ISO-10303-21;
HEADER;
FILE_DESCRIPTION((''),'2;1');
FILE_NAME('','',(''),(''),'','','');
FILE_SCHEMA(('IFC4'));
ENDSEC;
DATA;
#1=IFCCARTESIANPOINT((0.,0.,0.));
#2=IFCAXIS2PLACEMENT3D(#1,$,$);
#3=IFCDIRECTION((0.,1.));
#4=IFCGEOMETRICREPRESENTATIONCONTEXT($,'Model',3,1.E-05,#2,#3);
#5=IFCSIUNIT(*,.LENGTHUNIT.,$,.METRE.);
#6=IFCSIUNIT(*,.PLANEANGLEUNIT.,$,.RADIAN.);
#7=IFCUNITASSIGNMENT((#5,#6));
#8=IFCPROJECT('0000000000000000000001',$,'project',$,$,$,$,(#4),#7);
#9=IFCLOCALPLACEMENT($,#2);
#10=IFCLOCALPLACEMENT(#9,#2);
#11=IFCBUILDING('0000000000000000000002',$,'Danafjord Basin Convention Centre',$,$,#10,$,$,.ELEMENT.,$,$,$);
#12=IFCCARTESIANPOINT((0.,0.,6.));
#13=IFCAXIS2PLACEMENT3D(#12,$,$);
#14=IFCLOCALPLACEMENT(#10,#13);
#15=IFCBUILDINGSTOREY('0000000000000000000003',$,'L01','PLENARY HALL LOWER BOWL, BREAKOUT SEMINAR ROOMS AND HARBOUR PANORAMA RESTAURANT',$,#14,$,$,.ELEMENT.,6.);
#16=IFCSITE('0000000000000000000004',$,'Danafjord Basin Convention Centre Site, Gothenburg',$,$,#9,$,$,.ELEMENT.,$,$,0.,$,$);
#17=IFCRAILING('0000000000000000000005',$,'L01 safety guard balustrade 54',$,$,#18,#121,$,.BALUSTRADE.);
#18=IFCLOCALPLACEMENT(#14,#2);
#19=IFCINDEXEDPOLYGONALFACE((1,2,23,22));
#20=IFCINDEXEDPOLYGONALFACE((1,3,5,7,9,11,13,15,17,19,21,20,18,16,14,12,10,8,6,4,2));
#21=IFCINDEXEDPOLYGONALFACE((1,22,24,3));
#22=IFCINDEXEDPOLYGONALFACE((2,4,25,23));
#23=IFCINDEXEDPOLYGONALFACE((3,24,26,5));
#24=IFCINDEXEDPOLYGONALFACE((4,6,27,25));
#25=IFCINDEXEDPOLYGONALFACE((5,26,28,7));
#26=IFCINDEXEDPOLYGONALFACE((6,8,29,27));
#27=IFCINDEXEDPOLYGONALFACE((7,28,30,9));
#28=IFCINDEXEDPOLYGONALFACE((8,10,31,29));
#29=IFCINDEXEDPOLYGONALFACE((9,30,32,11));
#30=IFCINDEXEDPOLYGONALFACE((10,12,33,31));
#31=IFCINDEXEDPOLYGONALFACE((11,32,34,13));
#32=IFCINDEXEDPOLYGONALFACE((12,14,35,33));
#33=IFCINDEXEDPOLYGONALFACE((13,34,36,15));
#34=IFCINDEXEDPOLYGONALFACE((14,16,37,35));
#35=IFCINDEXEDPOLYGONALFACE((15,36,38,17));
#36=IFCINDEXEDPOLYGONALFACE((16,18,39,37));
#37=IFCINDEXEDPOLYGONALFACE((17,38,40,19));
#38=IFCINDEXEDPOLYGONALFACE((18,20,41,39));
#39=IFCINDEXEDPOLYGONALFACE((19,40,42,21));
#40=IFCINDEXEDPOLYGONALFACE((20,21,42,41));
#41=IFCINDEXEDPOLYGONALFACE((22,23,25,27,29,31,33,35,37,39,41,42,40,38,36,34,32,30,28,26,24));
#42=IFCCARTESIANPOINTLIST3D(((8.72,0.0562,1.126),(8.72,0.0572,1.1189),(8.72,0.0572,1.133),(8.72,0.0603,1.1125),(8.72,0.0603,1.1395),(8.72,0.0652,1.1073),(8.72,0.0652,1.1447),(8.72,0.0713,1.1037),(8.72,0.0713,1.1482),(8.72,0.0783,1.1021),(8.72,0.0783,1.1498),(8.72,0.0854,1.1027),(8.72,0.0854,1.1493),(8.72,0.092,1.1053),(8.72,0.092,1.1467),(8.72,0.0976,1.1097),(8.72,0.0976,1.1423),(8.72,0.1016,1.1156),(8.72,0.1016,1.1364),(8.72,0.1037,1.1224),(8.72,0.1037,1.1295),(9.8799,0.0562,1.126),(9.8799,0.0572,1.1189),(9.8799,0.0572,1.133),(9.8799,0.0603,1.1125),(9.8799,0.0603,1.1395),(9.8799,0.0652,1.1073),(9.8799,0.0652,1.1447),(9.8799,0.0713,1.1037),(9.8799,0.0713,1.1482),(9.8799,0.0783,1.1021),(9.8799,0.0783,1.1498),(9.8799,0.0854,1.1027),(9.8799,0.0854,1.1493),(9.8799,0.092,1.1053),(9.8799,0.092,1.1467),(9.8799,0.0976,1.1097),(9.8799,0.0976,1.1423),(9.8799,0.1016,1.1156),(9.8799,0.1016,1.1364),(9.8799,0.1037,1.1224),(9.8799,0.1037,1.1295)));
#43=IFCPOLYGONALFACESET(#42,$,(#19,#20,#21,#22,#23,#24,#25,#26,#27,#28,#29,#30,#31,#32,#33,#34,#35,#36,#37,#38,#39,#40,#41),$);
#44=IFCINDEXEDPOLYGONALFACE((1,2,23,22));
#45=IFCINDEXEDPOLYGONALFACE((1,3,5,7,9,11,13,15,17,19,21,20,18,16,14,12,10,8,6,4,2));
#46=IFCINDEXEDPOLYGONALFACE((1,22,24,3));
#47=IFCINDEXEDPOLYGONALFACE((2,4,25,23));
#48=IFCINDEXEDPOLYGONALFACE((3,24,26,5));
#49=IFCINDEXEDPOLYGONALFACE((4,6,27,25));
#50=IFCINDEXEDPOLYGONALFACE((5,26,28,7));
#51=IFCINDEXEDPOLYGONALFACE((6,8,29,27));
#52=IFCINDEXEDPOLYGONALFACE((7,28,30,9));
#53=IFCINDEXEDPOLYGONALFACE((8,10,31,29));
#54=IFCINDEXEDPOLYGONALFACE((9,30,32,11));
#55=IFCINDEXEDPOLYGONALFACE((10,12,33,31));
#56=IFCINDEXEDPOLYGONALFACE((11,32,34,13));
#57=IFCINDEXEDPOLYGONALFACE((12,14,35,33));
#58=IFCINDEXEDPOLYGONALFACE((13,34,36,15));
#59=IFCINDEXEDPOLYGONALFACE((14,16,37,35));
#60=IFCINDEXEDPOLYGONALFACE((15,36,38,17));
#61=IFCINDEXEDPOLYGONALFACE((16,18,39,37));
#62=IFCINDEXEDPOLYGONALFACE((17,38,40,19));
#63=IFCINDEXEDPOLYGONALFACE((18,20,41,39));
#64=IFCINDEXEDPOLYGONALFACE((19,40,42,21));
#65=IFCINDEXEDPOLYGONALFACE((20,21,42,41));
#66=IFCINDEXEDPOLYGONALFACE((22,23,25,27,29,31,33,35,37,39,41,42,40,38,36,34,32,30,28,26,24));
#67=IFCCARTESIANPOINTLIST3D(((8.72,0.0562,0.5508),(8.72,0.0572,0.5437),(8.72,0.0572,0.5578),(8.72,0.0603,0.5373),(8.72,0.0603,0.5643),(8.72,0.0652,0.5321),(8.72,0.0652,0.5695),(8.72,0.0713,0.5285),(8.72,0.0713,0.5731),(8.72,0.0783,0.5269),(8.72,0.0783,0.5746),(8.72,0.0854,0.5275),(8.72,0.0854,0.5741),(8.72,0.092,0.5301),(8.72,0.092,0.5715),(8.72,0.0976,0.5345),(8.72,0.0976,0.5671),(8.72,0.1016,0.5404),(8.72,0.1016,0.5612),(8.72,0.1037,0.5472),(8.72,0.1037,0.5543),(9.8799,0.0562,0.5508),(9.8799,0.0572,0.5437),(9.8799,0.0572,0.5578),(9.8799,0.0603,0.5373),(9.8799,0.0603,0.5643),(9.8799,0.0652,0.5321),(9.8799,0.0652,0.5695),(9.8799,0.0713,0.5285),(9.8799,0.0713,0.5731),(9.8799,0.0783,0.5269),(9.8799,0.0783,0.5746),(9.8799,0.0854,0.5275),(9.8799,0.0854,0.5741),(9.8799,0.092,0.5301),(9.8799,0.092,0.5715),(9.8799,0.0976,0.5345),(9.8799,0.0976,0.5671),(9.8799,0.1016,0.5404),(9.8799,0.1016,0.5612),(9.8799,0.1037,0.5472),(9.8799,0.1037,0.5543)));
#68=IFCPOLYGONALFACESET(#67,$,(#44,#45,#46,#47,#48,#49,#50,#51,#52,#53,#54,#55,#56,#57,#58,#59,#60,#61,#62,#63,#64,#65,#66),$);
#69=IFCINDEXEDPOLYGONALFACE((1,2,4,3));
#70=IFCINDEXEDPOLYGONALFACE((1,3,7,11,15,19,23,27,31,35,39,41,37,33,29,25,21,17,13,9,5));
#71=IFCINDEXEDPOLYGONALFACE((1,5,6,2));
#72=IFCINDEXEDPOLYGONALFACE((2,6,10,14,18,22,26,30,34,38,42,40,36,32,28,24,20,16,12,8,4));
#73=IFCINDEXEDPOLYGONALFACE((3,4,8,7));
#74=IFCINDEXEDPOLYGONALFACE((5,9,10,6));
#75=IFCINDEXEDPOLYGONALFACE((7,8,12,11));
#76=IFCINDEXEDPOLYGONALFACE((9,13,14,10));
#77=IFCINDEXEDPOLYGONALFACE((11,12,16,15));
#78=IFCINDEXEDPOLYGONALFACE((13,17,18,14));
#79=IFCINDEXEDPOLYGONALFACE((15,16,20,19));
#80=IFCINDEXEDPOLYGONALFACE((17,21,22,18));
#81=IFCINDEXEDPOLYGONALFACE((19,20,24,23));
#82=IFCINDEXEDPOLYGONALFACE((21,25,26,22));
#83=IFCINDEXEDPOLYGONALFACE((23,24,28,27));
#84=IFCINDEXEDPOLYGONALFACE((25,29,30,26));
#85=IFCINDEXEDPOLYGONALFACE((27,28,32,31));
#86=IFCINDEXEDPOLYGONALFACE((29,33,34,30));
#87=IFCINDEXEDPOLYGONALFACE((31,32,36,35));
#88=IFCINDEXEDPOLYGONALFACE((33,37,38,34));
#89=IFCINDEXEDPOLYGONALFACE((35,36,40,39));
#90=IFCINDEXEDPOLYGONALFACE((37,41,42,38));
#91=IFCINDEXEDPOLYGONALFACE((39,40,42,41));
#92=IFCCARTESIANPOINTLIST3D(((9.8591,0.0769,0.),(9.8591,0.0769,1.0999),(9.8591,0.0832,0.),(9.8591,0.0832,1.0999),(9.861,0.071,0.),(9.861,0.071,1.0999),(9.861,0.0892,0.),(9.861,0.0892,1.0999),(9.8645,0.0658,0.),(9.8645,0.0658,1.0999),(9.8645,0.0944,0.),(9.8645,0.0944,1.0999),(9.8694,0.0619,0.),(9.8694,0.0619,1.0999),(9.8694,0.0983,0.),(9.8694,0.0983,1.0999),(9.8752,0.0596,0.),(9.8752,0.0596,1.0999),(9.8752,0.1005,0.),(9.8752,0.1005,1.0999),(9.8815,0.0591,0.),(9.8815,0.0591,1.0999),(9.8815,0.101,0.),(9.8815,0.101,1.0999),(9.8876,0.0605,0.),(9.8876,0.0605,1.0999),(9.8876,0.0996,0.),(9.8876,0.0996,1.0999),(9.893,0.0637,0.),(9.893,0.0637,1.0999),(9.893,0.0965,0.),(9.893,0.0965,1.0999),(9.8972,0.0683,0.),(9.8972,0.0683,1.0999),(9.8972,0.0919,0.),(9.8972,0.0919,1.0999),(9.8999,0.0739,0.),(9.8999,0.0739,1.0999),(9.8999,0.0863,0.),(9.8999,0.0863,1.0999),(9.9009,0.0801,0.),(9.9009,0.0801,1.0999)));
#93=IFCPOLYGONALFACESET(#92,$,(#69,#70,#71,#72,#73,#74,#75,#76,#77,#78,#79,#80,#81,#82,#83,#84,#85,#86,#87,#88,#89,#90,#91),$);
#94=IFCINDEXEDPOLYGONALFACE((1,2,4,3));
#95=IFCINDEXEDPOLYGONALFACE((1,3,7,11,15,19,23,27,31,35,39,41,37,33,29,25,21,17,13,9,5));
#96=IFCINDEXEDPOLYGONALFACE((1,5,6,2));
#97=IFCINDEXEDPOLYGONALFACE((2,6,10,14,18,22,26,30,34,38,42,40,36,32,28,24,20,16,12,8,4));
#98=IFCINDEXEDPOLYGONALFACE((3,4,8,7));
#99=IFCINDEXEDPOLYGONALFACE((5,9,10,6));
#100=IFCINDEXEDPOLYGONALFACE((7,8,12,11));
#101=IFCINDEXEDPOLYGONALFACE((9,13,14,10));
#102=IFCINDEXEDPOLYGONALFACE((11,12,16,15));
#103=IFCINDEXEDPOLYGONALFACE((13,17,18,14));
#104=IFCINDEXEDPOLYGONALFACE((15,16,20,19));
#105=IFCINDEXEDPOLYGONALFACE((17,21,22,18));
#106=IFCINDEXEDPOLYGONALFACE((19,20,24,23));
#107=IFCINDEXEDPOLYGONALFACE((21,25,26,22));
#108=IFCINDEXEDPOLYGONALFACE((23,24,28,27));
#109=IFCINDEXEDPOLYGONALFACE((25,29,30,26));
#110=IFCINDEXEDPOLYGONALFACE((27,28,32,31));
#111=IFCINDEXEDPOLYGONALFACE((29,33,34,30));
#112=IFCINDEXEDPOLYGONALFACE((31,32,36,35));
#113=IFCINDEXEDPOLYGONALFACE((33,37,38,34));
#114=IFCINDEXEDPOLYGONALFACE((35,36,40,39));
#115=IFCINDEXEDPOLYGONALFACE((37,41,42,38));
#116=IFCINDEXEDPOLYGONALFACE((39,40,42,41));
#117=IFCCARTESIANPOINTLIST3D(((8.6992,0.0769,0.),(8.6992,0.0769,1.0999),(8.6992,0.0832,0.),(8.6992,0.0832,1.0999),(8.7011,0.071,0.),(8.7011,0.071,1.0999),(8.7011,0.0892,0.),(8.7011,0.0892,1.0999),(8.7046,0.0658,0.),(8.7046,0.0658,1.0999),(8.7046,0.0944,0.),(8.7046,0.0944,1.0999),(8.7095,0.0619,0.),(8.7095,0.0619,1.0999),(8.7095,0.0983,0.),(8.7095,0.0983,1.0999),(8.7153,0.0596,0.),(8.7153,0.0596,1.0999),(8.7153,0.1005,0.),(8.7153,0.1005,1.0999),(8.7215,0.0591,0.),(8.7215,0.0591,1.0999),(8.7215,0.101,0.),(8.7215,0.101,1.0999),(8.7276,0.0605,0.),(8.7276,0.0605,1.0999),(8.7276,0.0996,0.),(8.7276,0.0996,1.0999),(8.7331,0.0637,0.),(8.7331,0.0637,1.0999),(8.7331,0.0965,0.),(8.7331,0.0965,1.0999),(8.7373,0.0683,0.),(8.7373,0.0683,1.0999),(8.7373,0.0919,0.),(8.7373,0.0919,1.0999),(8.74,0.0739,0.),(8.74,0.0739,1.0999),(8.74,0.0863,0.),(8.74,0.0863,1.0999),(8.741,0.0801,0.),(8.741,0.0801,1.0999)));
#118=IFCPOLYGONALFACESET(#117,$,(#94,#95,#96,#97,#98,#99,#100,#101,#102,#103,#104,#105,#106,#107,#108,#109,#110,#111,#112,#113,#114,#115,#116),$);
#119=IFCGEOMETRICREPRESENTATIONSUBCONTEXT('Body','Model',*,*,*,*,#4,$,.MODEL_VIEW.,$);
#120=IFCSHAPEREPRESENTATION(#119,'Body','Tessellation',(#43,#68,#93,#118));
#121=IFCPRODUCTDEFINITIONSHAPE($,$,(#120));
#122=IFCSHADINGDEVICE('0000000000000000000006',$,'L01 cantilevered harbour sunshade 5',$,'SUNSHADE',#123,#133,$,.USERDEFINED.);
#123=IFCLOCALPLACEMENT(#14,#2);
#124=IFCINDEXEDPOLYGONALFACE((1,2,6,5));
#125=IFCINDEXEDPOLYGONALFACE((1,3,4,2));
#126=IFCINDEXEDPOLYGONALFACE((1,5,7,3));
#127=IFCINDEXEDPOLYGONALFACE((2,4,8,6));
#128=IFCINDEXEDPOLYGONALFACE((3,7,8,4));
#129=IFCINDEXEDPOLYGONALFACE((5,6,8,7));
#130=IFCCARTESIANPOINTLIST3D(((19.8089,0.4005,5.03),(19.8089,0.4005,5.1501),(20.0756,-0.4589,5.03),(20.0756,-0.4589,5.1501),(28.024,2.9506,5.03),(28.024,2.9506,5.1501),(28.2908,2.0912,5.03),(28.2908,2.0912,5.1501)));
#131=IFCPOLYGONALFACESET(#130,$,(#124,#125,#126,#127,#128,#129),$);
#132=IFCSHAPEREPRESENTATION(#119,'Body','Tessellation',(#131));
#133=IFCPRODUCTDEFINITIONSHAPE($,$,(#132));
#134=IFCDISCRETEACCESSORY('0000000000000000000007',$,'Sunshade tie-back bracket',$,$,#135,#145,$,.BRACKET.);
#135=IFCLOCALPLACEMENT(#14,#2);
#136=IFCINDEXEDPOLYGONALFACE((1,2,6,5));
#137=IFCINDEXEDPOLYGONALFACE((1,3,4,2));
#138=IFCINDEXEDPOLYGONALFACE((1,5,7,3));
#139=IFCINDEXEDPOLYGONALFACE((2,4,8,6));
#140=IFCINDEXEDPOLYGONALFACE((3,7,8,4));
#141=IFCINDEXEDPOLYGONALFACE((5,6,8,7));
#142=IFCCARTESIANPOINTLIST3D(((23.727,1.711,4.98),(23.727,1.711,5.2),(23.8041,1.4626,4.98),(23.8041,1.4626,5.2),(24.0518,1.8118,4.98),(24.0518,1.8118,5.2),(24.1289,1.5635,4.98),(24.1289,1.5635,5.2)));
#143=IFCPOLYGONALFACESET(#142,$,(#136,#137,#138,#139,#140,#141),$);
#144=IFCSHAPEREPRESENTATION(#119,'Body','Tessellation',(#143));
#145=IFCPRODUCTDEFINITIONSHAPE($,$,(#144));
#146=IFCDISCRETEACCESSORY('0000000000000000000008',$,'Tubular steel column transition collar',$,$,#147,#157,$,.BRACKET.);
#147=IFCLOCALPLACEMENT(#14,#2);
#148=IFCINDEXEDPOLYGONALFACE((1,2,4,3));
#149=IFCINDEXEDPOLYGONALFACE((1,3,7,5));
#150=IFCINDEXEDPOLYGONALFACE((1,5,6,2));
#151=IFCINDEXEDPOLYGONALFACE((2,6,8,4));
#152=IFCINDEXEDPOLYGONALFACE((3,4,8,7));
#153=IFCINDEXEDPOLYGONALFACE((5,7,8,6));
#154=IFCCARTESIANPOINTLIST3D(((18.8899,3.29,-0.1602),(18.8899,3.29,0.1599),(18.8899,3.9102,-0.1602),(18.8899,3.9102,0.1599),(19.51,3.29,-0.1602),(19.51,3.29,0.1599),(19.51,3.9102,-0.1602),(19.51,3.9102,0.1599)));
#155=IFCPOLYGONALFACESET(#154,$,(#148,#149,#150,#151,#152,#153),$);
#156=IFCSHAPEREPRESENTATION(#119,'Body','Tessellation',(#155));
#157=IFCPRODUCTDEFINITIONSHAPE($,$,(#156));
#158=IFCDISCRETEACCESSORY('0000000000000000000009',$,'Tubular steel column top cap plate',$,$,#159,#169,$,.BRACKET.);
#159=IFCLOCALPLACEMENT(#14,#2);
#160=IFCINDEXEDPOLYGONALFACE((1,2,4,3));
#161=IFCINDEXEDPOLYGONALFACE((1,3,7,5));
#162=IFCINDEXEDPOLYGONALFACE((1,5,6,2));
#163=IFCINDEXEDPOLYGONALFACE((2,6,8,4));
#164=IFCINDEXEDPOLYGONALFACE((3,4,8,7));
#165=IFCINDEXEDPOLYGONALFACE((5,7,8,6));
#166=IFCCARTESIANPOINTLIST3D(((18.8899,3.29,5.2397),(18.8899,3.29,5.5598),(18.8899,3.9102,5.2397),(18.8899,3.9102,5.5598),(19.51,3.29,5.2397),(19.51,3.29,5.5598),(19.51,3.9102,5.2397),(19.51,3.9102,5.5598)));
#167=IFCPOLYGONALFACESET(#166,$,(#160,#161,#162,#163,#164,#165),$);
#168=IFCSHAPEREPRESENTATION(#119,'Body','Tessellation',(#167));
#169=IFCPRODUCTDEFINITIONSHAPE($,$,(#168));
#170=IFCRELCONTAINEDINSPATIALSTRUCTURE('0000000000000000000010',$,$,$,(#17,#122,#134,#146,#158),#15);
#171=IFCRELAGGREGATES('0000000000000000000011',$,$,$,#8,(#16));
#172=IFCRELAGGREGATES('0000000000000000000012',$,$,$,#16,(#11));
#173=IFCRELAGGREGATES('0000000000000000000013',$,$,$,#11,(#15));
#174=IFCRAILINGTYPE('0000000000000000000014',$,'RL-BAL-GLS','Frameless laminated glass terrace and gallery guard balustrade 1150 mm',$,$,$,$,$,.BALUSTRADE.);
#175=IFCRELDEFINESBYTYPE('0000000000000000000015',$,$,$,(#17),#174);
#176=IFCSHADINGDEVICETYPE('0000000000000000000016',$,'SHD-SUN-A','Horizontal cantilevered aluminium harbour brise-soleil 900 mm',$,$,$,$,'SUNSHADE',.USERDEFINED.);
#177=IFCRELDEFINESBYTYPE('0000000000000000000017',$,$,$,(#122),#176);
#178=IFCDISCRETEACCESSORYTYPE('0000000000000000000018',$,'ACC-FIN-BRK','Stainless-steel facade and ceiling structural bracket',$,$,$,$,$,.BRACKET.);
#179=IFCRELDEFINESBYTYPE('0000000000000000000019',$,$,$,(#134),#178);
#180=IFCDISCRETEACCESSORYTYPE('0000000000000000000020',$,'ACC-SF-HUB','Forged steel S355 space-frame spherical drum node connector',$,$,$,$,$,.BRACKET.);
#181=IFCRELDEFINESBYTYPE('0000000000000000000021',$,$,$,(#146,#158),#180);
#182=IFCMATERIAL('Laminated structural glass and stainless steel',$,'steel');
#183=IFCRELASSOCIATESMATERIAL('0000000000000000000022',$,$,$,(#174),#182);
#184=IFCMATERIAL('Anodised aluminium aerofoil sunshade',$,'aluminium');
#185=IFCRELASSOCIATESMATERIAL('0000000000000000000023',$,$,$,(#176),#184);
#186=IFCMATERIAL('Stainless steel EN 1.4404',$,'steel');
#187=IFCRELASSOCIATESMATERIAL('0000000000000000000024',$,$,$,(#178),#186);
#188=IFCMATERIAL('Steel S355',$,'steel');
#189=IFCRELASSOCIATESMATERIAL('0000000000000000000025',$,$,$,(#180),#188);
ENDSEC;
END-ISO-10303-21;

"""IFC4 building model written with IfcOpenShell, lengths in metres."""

from ifc_helpers import new_model, si_unit, direction, frame, origin, origin_2d, place, context, subcontext, project, spatial, rectangle, circle, extrude, material, type_object, element, save


model = new_model("IFC4")

# Units and contexts
model_context = context("Model", 3, precision=1e-05, world=origin(), true_north=direction((0.0, 1.0)))
body_context = subcontext(model_context, "Body", "Model", "MODEL_VIEW")
ifc_project = project(units=[si_unit("LENGTHUNIT", "METRE"), si_unit("PLANEANGLEUNIT", "RADIAN")], contexts=[model_context])

# Site, building, storey
site_placement = place(None, origin())
site = spatial("IfcSite", under=ifc_project, at=site_placement, Name="Danafjord Basin Convention Centre Site, Gothenburg", CompositionType="ELEMENT", RefElevation=0.0)
building_placement = place(site_placement, origin())
building = spatial("IfcBuilding", under=site, at=building_placement, Name="Danafjord Basin Convention Centre", CompositionType="ELEMENT")
storey_placement = place(building_placement, frame((0.0, 0.0, 6.0)))
storey = spatial("IfcBuildingStorey", under=building, at=storey_placement, Name="L01", Description="PLENARY HALL LOWER BOWL, BREAKOUT SEMINAR ROOMS AND HARBOUR PANORAMA RESTAURANT", CompositionType="ELEMENT", Elevation=6.0)

# Shared definitions
ifc_material_1 = material(Name="Steel S355", Category="steel")

# Railing
ifc_material_2 = material(Name="Laminated structural glass and stainless steel", Category="steel")
railing_type = type_object("IfcRailingType", Name="RL-BAL-GLS", Description="Frameless laminated glass terrace and gallery guard balustrade 1150 mm", PredefinedType="BALUSTRADE", material=ifc_material_2)
railing_1_placement = place(storey_placement, frame((9.8799, 0.0801, 0.0)))
element("IfcRailing", 1, at=railing_1_placement, inside=storey, type_object=railing_type, Name="L01 safety guard balustrade 54", PredefinedType="BALUSTRADE", context=body_context, shape_type="SweptSolid", body=[
    extrude(circle(Radius=0.0239, at=origin_2d()), frame((0.0, 0.0, 1.126), z_axis=(-1.0, 0.0, 0.0), x_axis=(0.0, -1.0, 0.0)), (0.0, 0.0, 1.0), 1.1599),
    extrude(circle(Radius=0.0239, at=origin_2d()), frame((0.0, 0.0, 0.5508), z_axis=(-1.0, 0.0, 0.0), x_axis=(0.0, -1.0, 0.0)), (0.0, 0.0, 1.0), 1.1599),
    extrude(circle(Radius=0.021, at=origin_2d()), origin(), (0.0, 0.0, 1.0), 1.0999),
    extrude(circle(Radius=0.021, at=origin_2d()), frame((-1.1599, 0.0, 0.0)), (0.0, 0.0, 1.0), 1.0999),
])

# Shading device
ifc_material_3 = material(Name="Anodised aluminium aerofoil sunshade", Category="aluminium")
shading_device_type = type_object("IfcShadingDeviceType", Name="SHD-SUN-A", Description="Horizontal cantilevered aluminium harbour brise-soleil 900 mm", ElementType="SUNSHADE", PredefinedType="USERDEFINED", material=ifc_material_3)
shading_device_placement = place(storey_placement, frame((24.0498, 1.2458, 5.03), z_axis=(0.0, 0.0, 1.0), x_axis=(0.955045, 0.296462, 0.0)))
element("IfcShadingDevice", 2, at=shading_device_placement, inside=storey, type_object=shading_device_type, Name="L01 cantilevered harbour sunshade 5", ObjectType="SUNSHADE", PredefinedType="USERDEFINED", context=body_context, shape_type="SweptSolid", body=[
    extrude(rectangle(XDim=8.6018, YDim=0.8999, at=origin_2d()), origin(), (0.0, 0.0, 1.0), 0.1201),
])

# Discrete accessories
ifc_material_4 = material(Name="Stainless steel EN 1.4404", Category="steel")
discrete_accessory_type_1 = type_object("IfcDiscreteAccessoryType", Name="ACC-FIN-BRK", Description="Stainless-steel facade and ceiling structural bracket", PredefinedType="BRACKET", material=ifc_material_4)
discrete_accessory_placement = place(storey_placement, frame((23.928, 1.6372, 4.98), z_axis=(0.0, 0.0, 1.0), x_axis=(0.955045, 0.296462, 0.0)))
element("IfcDiscreteAccessory", 3, at=discrete_accessory_placement, inside=storey, type_object=discrete_accessory_type_1, Name="Sunshade tie-back bracket", PredefinedType="BRACKET", context=body_context, shape_type="SweptSolid", body=[
    extrude(rectangle(XDim=0.3401, YDim=0.26, at=origin_2d()), origin(), (0.0, 0.0, 1.0), 0.22),
])
discrete_accessory_type_2 = type_object("IfcDiscreteAccessoryType", Name="ACC-SF-HUB", Description="Forged steel S355 space-frame spherical drum node connector", PredefinedType="BRACKET", material=ifc_material_1)
for number, where, z_axis, x_axis, name in (
    (4, (19.2, 3.6001, -0.1602), (0.0, 0.0, 1.0), (1.0, 0.0, 0.0), "Tubular steel column transition collar"),
    (5, (19.2, 3.6001, 5.2397), (0.0, 0.0, 1.0), (1.0, 0.0, 0.0), "Tubular steel column top cap plate"),
):
    element("IfcDiscreteAccessory", number, at=place(storey_placement, frame(where, z_axis=z_axis, x_axis=x_axis)), inside=storey, type_object=discrete_accessory_type_2, Name=name, PredefinedType="BRACKET", context=body_context, shape_type="SweptSolid", body=[
        extrude(rectangle(XDim=0.6201, YDim=0.6201, at=origin_2d()), origin(), (0.0, 0.0, 1.0), 0.3201),
    ])

save(model, "model.ifc")
